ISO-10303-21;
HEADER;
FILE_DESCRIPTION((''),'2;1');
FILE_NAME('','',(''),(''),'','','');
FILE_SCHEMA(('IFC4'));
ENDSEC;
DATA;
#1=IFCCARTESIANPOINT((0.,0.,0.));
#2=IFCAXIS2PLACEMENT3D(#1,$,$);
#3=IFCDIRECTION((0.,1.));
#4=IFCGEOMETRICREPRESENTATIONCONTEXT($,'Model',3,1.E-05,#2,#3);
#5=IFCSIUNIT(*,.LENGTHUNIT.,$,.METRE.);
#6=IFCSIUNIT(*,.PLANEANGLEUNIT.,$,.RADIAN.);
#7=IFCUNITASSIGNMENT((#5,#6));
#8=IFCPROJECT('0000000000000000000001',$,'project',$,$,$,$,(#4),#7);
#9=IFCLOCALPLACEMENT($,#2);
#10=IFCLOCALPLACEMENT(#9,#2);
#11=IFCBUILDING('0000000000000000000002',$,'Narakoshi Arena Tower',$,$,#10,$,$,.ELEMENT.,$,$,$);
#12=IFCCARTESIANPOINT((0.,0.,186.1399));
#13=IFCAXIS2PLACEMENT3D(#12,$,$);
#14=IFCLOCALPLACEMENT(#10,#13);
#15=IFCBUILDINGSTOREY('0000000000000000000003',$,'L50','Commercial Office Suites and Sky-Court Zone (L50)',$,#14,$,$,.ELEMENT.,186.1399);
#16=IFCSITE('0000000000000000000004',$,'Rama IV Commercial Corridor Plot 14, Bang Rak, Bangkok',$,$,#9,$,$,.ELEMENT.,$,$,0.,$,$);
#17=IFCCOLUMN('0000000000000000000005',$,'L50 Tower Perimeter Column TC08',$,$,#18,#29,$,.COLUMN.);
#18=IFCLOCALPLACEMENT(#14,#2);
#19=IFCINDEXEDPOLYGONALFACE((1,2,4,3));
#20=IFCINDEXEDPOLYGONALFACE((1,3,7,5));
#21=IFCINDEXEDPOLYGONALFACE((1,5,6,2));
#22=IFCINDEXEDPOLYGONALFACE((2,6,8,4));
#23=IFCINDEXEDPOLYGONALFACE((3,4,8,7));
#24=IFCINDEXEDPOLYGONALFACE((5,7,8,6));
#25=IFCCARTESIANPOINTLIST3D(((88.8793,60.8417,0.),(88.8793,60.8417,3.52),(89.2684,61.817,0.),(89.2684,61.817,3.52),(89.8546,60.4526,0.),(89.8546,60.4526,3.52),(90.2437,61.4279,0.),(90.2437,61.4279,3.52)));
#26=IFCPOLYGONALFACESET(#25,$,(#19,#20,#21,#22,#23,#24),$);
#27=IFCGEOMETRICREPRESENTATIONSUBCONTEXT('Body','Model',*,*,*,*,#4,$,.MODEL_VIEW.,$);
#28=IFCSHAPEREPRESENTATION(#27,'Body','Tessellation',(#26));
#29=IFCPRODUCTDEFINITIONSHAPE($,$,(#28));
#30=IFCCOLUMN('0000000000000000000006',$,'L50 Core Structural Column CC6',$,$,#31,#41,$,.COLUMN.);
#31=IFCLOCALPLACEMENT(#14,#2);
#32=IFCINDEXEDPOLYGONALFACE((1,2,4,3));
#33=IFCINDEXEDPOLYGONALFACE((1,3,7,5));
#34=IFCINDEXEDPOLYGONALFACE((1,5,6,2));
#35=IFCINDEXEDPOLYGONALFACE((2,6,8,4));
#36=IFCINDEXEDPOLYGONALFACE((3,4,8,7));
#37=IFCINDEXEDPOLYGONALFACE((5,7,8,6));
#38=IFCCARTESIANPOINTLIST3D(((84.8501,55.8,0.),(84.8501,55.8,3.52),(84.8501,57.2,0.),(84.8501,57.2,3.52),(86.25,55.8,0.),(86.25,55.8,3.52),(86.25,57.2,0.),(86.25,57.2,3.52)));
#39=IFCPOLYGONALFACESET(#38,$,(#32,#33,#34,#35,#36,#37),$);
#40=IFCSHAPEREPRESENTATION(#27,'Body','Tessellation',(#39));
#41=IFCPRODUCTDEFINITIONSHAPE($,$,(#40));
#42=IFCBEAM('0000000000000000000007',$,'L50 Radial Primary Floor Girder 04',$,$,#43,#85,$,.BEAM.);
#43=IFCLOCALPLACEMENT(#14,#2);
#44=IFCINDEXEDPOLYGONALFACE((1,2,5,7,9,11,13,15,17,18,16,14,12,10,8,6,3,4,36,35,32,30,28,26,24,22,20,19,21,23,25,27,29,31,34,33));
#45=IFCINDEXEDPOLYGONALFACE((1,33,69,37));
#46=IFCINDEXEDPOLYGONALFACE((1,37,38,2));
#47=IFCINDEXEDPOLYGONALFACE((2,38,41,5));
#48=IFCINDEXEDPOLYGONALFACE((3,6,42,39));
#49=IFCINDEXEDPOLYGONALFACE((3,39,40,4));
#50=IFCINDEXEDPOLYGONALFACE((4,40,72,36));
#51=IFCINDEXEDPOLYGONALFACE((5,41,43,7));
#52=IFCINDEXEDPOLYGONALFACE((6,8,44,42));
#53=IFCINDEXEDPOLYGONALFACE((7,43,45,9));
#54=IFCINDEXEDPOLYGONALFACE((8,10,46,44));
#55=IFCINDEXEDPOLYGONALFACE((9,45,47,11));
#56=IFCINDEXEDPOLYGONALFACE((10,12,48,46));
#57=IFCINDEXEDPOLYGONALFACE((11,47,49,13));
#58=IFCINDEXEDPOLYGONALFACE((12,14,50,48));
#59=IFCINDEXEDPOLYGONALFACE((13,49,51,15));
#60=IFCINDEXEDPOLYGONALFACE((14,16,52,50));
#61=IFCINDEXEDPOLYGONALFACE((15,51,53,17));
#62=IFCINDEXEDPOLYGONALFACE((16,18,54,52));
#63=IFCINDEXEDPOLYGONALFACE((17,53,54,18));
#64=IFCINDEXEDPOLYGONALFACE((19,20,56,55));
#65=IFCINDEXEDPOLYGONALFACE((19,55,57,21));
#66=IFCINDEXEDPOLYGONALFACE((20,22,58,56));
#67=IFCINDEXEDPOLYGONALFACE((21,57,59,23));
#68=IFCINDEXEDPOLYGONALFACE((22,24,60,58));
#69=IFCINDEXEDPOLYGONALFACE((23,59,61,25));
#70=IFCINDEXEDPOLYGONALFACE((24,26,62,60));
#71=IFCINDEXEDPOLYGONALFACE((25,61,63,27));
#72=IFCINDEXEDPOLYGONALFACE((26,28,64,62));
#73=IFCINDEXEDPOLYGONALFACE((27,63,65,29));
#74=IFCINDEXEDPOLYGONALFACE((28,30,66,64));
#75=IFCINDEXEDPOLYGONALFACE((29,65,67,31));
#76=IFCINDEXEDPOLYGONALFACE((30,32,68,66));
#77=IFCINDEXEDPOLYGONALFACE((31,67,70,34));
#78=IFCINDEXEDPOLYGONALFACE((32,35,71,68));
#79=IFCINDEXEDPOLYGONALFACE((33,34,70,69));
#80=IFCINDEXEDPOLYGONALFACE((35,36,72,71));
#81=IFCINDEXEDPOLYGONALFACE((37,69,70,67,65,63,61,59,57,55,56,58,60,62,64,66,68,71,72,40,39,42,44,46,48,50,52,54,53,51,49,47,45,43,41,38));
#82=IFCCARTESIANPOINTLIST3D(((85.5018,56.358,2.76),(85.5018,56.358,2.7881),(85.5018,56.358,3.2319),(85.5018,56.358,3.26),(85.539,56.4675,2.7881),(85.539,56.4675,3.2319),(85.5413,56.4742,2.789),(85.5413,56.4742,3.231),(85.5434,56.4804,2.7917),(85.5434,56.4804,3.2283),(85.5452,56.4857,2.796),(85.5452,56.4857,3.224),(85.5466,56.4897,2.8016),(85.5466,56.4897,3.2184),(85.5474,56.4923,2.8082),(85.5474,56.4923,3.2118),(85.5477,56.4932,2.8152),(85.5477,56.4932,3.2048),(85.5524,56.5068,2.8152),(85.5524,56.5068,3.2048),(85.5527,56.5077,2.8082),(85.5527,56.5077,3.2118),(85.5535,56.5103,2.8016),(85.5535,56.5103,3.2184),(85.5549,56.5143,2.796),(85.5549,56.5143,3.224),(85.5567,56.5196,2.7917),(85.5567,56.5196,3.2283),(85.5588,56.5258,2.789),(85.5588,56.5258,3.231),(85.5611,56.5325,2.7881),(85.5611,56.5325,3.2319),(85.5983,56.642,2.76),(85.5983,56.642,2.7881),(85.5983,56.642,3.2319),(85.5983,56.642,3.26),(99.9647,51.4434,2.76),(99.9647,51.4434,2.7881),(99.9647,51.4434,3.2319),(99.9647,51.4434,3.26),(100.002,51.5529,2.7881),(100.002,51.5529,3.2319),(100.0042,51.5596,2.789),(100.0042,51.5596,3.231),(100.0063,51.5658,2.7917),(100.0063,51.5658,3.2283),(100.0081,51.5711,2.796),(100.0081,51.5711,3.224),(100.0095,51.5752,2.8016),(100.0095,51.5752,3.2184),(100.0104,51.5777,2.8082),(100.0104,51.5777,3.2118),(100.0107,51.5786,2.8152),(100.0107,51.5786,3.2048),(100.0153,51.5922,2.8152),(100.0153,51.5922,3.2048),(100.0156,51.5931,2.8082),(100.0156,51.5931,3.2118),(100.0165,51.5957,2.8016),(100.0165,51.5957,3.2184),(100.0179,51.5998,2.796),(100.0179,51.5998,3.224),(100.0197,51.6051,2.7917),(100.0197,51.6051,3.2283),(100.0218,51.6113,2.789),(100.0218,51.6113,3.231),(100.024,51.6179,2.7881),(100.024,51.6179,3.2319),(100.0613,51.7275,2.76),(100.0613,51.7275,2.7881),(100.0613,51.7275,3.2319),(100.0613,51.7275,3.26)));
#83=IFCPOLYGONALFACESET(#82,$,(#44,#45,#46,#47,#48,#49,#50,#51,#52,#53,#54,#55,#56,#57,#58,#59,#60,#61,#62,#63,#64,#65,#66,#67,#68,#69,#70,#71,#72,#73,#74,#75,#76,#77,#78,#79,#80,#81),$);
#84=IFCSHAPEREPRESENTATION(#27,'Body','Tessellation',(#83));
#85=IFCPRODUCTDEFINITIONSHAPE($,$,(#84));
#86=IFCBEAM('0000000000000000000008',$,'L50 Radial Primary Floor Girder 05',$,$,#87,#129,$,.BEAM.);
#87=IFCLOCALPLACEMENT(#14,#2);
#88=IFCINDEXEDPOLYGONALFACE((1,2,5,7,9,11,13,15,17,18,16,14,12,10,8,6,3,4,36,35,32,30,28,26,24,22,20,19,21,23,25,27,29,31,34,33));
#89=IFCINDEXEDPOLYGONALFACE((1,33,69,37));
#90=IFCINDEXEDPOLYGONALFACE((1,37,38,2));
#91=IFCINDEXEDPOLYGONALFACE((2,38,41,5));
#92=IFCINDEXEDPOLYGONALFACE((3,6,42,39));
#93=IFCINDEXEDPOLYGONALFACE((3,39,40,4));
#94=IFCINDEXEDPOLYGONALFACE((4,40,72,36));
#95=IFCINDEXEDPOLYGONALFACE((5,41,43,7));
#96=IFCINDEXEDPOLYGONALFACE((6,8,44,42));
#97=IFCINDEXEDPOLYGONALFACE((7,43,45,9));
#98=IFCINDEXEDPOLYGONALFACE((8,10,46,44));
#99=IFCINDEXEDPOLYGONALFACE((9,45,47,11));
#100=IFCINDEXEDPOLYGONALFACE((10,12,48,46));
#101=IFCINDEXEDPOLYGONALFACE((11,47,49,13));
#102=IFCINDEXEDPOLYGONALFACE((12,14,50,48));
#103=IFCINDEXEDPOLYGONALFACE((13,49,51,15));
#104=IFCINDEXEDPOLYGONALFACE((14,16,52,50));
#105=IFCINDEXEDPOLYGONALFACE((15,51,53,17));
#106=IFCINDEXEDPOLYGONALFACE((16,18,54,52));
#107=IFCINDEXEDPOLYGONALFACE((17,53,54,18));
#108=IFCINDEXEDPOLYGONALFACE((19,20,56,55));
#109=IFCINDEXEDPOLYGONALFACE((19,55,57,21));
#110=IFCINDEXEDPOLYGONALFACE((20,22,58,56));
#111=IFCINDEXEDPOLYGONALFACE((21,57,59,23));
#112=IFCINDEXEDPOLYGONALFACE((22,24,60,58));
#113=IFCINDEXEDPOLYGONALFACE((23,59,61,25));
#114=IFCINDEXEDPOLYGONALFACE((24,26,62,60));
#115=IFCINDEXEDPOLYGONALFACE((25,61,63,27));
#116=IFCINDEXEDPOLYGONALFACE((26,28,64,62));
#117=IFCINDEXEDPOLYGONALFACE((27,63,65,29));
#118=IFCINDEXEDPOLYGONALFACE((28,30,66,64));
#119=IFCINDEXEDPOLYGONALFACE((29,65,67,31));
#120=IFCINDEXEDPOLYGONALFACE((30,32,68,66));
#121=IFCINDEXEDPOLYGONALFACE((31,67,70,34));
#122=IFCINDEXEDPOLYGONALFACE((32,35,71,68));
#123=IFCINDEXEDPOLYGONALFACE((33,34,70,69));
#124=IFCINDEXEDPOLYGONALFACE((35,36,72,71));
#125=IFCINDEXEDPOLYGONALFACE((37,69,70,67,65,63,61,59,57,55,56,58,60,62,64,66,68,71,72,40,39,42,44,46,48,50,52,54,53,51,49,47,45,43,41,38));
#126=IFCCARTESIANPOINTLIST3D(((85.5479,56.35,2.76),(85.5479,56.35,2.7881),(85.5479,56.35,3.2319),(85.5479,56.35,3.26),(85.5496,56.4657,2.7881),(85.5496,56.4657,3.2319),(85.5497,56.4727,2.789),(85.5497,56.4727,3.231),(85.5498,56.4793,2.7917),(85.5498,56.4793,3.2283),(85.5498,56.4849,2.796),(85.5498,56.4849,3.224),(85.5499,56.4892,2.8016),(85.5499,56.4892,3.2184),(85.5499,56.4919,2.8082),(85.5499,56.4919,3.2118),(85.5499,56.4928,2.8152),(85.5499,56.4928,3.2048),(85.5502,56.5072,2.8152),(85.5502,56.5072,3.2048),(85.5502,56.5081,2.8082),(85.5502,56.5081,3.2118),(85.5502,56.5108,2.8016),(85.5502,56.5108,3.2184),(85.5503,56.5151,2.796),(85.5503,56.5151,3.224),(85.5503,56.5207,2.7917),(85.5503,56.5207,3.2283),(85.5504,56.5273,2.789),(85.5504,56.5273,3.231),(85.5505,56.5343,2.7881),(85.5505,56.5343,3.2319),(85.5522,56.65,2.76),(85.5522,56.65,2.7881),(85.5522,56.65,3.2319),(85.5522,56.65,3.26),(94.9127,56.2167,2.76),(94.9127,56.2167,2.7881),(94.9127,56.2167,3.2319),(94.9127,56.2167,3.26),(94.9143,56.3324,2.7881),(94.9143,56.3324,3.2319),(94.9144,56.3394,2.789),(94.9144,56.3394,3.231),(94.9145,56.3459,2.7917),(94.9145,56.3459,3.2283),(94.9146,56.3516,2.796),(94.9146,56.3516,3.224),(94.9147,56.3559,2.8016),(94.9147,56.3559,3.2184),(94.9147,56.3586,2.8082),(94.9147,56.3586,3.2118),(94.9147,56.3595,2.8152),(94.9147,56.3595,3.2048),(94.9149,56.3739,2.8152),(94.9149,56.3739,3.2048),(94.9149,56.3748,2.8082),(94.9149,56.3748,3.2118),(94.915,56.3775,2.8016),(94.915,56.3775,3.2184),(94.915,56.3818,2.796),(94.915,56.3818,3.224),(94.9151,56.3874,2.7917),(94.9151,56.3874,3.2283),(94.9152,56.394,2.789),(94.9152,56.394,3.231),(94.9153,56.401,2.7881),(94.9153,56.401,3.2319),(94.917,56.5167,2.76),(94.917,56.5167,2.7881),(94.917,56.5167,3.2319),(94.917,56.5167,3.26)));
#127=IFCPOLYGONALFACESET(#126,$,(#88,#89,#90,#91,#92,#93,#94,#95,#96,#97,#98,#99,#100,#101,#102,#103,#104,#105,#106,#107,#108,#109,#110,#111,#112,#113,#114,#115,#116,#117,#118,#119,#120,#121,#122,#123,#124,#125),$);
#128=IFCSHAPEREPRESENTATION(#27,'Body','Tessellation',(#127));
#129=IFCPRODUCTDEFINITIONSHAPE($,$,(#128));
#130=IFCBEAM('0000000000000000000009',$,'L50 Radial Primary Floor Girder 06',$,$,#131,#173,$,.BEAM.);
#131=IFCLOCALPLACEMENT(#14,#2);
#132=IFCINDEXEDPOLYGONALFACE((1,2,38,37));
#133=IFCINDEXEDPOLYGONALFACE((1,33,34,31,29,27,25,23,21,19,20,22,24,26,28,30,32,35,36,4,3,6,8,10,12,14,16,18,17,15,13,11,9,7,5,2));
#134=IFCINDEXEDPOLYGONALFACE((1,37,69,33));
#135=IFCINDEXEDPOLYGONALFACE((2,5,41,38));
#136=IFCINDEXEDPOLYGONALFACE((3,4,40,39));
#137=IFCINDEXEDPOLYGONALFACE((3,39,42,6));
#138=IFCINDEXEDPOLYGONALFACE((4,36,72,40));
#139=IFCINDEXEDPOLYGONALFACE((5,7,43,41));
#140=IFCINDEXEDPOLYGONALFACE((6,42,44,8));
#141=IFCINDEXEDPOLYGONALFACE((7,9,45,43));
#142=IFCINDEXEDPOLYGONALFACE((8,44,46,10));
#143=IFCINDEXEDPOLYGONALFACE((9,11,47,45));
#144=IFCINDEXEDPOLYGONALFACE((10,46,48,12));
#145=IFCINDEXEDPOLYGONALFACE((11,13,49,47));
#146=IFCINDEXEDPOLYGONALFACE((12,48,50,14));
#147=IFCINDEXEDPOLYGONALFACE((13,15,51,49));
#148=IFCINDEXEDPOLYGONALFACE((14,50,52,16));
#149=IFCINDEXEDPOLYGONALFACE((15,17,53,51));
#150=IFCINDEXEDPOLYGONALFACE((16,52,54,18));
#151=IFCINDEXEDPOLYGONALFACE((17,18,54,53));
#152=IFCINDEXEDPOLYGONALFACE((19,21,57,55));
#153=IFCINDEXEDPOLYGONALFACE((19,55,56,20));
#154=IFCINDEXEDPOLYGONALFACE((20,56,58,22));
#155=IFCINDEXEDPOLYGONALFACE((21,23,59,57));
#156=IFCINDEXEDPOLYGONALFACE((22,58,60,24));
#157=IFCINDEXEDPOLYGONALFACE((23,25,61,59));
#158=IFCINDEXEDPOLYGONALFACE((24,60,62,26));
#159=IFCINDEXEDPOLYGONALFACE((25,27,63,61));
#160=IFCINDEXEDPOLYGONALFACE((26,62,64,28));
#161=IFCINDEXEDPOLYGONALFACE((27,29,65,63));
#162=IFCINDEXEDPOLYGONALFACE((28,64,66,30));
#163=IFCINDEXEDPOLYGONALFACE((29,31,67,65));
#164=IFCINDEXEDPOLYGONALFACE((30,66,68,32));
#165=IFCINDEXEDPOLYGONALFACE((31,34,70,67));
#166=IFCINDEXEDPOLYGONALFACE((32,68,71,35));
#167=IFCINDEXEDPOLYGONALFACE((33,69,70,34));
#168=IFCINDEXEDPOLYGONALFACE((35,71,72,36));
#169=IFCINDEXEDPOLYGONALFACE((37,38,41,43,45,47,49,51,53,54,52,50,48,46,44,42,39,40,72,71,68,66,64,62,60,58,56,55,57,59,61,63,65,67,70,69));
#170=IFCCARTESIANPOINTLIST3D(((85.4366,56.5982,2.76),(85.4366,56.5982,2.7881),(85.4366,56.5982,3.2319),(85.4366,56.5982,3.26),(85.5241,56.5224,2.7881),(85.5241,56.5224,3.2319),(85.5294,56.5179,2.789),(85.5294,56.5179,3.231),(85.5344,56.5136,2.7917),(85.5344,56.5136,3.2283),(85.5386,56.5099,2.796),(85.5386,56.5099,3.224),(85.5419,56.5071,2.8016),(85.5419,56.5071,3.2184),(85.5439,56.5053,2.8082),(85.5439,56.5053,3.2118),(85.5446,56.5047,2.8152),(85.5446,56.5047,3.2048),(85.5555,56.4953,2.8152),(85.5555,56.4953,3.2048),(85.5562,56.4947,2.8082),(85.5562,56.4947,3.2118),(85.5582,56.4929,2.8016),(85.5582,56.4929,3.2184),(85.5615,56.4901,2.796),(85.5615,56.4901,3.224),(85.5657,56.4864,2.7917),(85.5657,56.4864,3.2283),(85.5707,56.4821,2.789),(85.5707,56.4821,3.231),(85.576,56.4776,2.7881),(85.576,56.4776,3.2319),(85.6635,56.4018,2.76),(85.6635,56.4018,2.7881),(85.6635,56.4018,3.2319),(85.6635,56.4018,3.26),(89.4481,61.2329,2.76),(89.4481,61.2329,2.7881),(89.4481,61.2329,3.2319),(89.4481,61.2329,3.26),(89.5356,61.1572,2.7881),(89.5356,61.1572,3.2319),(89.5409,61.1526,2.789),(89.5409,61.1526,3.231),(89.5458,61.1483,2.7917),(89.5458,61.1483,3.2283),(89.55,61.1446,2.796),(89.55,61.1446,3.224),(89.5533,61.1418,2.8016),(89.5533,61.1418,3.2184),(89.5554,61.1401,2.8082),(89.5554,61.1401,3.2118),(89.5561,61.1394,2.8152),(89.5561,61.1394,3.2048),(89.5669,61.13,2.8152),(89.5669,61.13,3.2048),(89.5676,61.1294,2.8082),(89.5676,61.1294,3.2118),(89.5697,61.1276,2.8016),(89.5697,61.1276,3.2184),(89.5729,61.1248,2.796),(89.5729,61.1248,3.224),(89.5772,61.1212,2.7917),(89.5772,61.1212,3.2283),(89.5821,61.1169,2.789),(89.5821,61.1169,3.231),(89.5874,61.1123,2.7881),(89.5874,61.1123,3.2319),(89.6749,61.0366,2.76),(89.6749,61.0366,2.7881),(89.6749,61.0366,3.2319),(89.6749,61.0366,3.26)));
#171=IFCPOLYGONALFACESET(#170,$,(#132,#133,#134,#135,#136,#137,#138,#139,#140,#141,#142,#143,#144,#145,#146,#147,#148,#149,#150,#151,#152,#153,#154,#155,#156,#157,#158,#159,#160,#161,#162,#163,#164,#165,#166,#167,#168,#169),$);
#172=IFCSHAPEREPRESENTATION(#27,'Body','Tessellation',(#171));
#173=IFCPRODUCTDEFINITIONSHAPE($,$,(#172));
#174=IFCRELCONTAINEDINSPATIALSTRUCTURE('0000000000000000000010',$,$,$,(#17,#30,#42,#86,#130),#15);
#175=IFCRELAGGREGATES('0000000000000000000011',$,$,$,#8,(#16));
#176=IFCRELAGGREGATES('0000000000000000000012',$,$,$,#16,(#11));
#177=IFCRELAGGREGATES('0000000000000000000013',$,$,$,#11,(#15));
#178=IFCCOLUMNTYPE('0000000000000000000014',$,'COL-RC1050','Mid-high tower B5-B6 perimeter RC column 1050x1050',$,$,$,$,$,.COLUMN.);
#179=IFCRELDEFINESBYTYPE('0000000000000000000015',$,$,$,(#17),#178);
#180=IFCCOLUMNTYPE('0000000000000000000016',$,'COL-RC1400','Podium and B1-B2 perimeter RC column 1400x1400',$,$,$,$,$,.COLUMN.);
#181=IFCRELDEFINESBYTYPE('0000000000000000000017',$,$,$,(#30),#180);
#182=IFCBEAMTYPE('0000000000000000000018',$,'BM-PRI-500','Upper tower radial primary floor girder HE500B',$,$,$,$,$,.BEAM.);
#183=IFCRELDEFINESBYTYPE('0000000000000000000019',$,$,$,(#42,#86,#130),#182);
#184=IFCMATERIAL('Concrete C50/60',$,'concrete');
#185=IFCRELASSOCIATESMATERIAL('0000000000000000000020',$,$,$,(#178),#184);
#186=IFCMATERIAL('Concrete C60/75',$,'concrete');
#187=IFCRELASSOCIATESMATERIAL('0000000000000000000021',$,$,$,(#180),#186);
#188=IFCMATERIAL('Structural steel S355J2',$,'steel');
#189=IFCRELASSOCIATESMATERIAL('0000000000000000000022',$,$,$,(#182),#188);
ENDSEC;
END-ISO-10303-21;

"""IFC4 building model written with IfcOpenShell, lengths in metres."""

from ifc_helpers import new_model, si_unit, direction, frame, origin, origin_2d, place, context, subcontext, project, spatial, rectangle, i_section, extrude, material, material_profile, profile_set, type_object, element, save


model = new_model("IFC4")

# Units and contexts
model_context = context("Model", 3, precision=1e-05, world=origin(), true_north=direction((0.0, 1.0)))
body_context = subcontext(model_context, "Body", "Model", "MODEL_VIEW")
ifc_project = project(units=[si_unit("LENGTHUNIT", "METRE"), si_unit("PLANEANGLEUNIT", "RADIAN")], contexts=[model_context])

# Site, building, storey
site_placement = place(None, origin())
site = spatial("IfcSite", under=ifc_project, at=site_placement, Name="Rama IV Commercial Corridor Plot 14, Bang Rak, Bangkok", CompositionType="ELEMENT", RefElevation=0.0)
building_placement = place(site_placement, origin())
building = spatial("IfcBuilding", under=site, at=building_placement, Name="Narakoshi Arena Tower", CompositionType="ELEMENT")
storey_placement = place(building_placement, frame((0.0, 0.0, 186.1399)))
storey = spatial("IfcBuildingStorey", under=building, at=storey_placement, Name="L50", Description="Commercial Office Suites and Sky-Court Zone (L50)", CompositionType="ELEMENT", Elevation=186.1399)

# Columns
ifc_material_1 = material(Name="Concrete C50/60", Category="concrete")
ifc_material_profile_1 = material_profile(ifc_material_1, rectangle(XDim=1.05, YDim=1.05, at=origin_2d()), Name="RC1050x1050")
ifc_profile_set_1 = profile_set([ifc_material_profile_1], Name="Concrete C50/60")
column_type_1 = type_object("IfcColumnType", Name="COL-RC1050", Description="Mid-high tower B5-B6 perimeter RC column 1050x1050", PredefinedType="COLUMN", material=ifc_profile_set_1)
column_1_placement = place(storey_placement, frame((89.5615, 61.1348, 0.0), z_axis=(0.0, 0.0, 1.0), x_axis=(0.370557, 0.92881, 0.0)))
element("IfcColumn", 1, at=column_1_placement, inside=storey, type_object=column_type_1, Name="L50 Tower Perimeter Column TC08", PredefinedType="COLUMN", context=body_context, shape_type="SweptSolid", body=[
    extrude(rectangle(XDim=1.05, YDim=1.05, at=origin_2d()), origin(), (0.0, 0.0, 1.0), 3.52),
])
ifc_material_2 = material(Name="Concrete C60/75", Category="concrete")
ifc_material_profile_2 = material_profile(ifc_material_2, rectangle(XDim=1.3999, YDim=1.3999, at=origin_2d()), Name="RC1400x1400")
ifc_profile_set_2 = profile_set([ifc_material_profile_2], Name="Concrete C60/75")
column_type_2 = type_object("IfcColumnType", Name="COL-RC1400", Description="Podium and B1-B2 perimeter RC column 1400x1400", PredefinedType="COLUMN", material=ifc_profile_set_2)
column_2_placement = place(storey_placement, frame((85.55, 56.5, 0.0), z_axis=(0.0, 0.0, 1.0), x_axis=(1.0, 0.0, 0.0)))
element("IfcColumn", 2, at=column_2_placement, inside=storey, type_object=column_type_2, Name="L50 Core Structural Column CC6", PredefinedType="COLUMN", context=body_context, shape_type="SweptSolid", body=[
    extrude(rectangle(XDim=1.3999, YDim=1.3999, at=origin_2d()), origin(), (0.0, 0.0, 1.0), 3.52),
])

# Beams
ifc_material_3 = material(Name="Structural steel S355J2", Category="steel")
ifc_material_profile_3 = material_profile(ifc_material_3, i_section(OverallWidth=0.3, OverallDepth=0.5, WebThickness=0.0144, FlangeThickness=0.0281, FilletRadius=0.0271, at=origin_2d()), Name="HE500B")
ifc_profile_set_3 = profile_set([ifc_material_profile_3], Name="Structural steel S355J2")
beam_type_1 = type_object("IfcBeamType", Name="BM-PRI-500", Description="Upper tower radial primary floor girder HE500B", PredefinedType="BEAM", material=ifc_profile_set_3)
beam_1_placement = place(storey_placement, frame((85.55, 56.5, 3.01), z_axis=(0.946829, -0.321737, 0.0), x_axis=(0.321737, 0.946829, 0.0)))
element("IfcBeam", 3, at=beam_1_placement, inside=storey, type_object=beam_type_1, Name="L50 Radial Primary Floor Girder 04", PredefinedType="BEAM", context=body_context, shape_type="SweptSolid", body=[
    extrude(i_section(OverallWidth=0.3, OverallDepth=0.5, WebThickness=0.0144, FlangeThickness=0.0281, FilletRadius=0.0271, at=origin_2d()), origin(), (0.0, 0.0, 1.0), 15.2751),
])
beam_2_placement = place(storey_placement, frame((85.55, 56.5, 3.01), z_axis=(0.999899, -0.014233, 0.0), x_axis=(0.014233, 0.999899, 0.0)))
element("IfcBeam", 4, at=beam_2_placement, inside=storey, type_object=beam_type_1, Name="L50 Radial Primary Floor Girder 05", PredefinedType="BEAM", context=body_context, shape_type="SweptSolid", body=[
    extrude(i_section(OverallWidth=0.3, OverallDepth=0.5, WebThickness=0.0144, FlangeThickness=0.0281, FilletRadius=0.0271, at=origin_2d()), origin(), (0.0, 0.0, 1.0), 9.3657),
])
beam_3_placement = place(storey_placement, frame((85.55, 56.5, 3.01), z_axis=(0.654435, 0.756119, 0.0), x_axis=(-0.756119, 0.654435, 0.0)))
element("IfcBeam", 5, at=beam_3_placement, inside=storey, type_object=beam_type_1, Name="L50 Radial Primary Floor Girder 06", PredefinedType="BEAM", context=body_context, shape_type="SweptSolid", body=[
    extrude(i_section(OverallWidth=0.3, OverallDepth=0.5, WebThickness=0.0144, FlangeThickness=0.0281, FilletRadius=0.0271, at=origin_2d()), origin(), (0.0, 0.0, 1.0), 6.1296),
])

save(model, "model.ifc")
